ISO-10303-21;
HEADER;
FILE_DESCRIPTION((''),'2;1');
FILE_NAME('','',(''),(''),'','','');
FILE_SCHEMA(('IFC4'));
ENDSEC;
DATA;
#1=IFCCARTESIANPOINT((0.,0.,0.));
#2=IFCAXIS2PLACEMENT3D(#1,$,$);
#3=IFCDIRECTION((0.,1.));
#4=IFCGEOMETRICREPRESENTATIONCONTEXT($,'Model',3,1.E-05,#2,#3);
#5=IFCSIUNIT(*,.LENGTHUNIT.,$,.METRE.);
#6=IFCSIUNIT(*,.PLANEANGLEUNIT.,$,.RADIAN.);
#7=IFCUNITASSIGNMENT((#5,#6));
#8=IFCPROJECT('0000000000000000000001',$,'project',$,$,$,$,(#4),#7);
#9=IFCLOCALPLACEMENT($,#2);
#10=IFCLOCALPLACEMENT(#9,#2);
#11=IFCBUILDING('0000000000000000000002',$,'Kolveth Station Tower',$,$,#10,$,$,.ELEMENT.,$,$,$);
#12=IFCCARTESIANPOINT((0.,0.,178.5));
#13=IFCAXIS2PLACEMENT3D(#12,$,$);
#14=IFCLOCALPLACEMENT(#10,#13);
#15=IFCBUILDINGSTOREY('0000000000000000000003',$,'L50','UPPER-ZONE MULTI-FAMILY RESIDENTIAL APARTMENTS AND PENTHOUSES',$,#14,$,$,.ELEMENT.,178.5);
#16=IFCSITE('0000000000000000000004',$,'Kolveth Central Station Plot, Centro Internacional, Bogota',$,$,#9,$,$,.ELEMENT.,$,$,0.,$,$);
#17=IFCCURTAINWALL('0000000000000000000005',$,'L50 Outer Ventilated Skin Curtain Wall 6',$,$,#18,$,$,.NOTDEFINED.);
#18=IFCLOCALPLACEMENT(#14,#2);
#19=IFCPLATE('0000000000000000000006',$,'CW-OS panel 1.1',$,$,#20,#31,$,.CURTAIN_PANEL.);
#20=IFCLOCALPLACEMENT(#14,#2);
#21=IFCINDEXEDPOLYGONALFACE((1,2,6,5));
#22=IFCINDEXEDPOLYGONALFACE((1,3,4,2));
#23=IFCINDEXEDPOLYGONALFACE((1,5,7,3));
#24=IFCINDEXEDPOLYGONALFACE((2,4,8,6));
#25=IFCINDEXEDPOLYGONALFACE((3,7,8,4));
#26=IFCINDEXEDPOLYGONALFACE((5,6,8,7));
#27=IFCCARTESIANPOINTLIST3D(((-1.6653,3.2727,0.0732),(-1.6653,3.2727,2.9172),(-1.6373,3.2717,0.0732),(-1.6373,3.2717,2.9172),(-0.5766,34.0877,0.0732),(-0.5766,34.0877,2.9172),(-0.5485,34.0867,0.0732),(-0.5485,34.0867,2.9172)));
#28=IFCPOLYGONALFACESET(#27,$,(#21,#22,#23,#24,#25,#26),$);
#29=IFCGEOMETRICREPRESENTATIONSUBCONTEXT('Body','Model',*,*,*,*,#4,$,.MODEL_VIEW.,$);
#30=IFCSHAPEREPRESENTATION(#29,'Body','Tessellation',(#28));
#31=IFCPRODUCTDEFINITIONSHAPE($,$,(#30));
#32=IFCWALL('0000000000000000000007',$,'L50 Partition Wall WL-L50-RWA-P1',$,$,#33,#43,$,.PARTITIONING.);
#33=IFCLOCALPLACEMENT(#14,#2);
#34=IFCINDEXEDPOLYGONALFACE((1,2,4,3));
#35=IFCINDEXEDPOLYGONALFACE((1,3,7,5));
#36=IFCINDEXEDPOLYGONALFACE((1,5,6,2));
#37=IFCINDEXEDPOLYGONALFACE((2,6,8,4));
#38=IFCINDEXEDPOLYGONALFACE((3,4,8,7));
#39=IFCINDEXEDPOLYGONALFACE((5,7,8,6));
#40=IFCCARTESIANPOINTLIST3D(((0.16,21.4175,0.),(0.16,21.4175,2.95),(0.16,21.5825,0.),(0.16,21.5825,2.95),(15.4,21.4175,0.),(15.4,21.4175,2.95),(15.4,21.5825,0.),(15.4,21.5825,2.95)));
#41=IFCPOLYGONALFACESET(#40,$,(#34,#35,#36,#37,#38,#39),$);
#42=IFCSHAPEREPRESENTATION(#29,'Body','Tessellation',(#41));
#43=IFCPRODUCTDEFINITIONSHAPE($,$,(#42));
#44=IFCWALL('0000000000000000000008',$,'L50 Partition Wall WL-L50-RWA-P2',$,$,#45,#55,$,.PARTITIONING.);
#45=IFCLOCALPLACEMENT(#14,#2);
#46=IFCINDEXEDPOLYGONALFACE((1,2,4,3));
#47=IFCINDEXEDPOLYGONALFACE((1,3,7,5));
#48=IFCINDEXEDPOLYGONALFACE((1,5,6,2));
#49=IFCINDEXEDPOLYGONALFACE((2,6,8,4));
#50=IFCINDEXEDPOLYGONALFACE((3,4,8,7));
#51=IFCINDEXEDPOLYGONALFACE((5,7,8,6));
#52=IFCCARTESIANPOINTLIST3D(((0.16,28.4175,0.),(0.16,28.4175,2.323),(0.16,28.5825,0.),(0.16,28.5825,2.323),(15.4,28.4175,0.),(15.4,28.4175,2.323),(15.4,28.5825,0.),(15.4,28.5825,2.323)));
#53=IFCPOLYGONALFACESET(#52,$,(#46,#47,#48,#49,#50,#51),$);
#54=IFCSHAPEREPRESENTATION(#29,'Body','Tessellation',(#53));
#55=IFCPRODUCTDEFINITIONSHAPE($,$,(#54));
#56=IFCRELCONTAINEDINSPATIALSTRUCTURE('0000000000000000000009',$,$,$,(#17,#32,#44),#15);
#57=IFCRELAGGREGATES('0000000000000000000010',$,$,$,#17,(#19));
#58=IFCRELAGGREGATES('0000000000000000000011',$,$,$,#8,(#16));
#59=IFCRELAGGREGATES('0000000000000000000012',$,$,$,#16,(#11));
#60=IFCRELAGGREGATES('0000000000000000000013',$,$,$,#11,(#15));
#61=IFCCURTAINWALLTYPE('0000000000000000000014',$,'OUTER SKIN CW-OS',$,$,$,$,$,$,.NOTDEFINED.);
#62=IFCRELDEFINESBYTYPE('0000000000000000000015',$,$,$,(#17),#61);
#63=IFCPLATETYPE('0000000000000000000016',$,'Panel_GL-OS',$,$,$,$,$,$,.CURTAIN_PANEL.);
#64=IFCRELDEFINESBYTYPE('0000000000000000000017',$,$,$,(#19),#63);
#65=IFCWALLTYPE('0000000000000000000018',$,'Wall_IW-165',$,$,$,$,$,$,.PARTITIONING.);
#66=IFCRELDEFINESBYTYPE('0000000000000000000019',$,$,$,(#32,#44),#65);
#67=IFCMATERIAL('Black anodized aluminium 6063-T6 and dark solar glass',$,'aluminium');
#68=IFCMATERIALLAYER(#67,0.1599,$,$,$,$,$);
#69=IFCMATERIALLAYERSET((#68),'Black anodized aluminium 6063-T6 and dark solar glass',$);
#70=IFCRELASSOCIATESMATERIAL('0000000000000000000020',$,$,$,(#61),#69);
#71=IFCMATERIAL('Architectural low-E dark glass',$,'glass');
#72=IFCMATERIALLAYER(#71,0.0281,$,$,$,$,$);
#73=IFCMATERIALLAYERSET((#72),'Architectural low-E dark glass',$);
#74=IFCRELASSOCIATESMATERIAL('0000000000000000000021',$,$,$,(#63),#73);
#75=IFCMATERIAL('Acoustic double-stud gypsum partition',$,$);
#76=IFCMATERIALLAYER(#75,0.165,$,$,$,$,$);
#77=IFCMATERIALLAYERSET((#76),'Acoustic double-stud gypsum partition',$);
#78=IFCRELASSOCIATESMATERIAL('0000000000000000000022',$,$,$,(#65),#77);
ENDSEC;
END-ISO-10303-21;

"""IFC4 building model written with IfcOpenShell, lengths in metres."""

from ifc_helpers import new_model, si_unit, direction, frame, frame_2d, origin, origin_2d, place, context, subcontext, project, spatial, rectangle, extrude, source, transform, mapped, material, layer, layer_set, type_object, element, aggregate, save


model = new_model("IFC4")

# Units and contexts
model_context = context("Model", 3, precision=1e-05, world=origin(), true_north=direction((0.0, 1.0)))
body_context = subcontext(model_context, "Body", "Model", "MODEL_VIEW")
ifc_project = project(units=[si_unit("LENGTHUNIT", "METRE"), si_unit("PLANEANGLEUNIT", "RADIAN")], contexts=[model_context])

# Site, building, storey
site_placement = place(None, origin())
site = spatial("IfcSite", under=ifc_project, at=site_placement, Name="Kolveth Central Station Plot, Centro Internacional, Bogota", CompositionType="ELEMENT", RefElevation=0.0)
building_placement = place(site_placement, origin())
building = spatial("IfcBuilding", under=site, at=building_placement, Name="Kolveth Station Tower", CompositionType="ELEMENT")
storey_placement = place(building_placement, frame((0.0, 0.0, 178.5)))
storey = spatial("IfcBuildingStorey", under=building, at=storey_placement, Name="L50", Description="UPPER-ZONE MULTI-FAMILY RESIDENTIAL APARTMENTS AND PENTHOUSES", CompositionType="ELEMENT", Elevation=178.5)

# Curtain wall, plate
ifc_material_1 = material(Name="Architectural low-E dark glass", Category="glass")
ifc_material_2 = material(Name="Black anodized aluminium 6063-T6 and dark solar glass", Category="aluminium")
ifc_layer_1 = layer(ifc_material_2, 0.1599)
ifc_layer_set_1 = layer_set([ifc_layer_1], Name="Black anodized aluminium 6063-T6 and dark solar glass")
curtain_wall_type_1 = type_object("IfcCurtainWallType", Name="OUTER SKIN CW-OS", PredefinedType="NOTDEFINED", material=ifc_layer_set_1)
curtain_wall_1_placement = place(storey_placement, origin())
curtain_wall_1 = element("IfcCurtainWall", 1, at=curtain_wall_1_placement, inside=storey, type_object=curtain_wall_type_1, Name="L50 Outer Ventilated Skin Curtain Wall 6", PredefinedType="NOTDEFINED")
ifc_layer_2 = layer(ifc_material_1, 0.0281)
ifc_layer_set_2 = layer_set([ifc_layer_2], Name="Architectural low-E dark glass")
plate_type_1 = type_object("IfcPlateType", Name="Panel_GL-OS", PredefinedType="CURTAIN_PANEL", material=ifc_layer_set_2)
shared_shape_1 = source(origin(), body_context, "Body", "SweptSolid", [
    extrude(rectangle(XDim=30.8342, YDim=0.0281, at=origin_2d()), origin(), (0.0, 0.0, 1.0), 2.844),
])
plate_1_placement = place(storey_placement, frame((-1.1069, 18.6797, 0.0732), z_axis=(0.0, 0.0, 1.0), x_axis=(-0.035309, -0.999376, 0.0)))
plate_1 = element("IfcPlate", 2, at=plate_1_placement, type_object=plate_type_1, Name="CW-OS panel 1.1", PredefinedType="CURTAIN_PANEL", context=body_context, shape_type="MappedRepresentation", body=[
    mapped(shared_shape_1, transform((0.0, 0.0, 0.0), x_axis=(1.0, 0.0, 0.0), y_axis=(0.0, 1.0, 0.0), z_axis=(0.0, 0.0, 1.0), scale=1.0)),
])
aggregate(curtain_wall_1, [plate_1])

# Walls
ifc_material_3 = material(Name="Acoustic double-stud gypsum partition")
ifc_layer_3 = layer(ifc_material_3, 0.165)
ifc_layer_set_3 = layer_set([ifc_layer_3], Name="Acoustic double-stud gypsum partition")
wall_type = type_object("IfcWallType", Name="Wall_IW-165", PredefinedType="PARTITIONING", material=ifc_layer_set_3)
wall_1_placement = place(storey_placement, frame((0.1599, 21.5, 0.0), z_axis=(0.0, 0.0, 1.0), x_axis=(1.0, 0.0, 0.0)))
element("IfcWall", 3, at=wall_1_placement, inside=storey, type_object=wall_type, Name="L50 Partition Wall WL-L50-RWA-P1", PredefinedType="PARTITIONING", context=body_context, shape_type="SweptSolid", body=[
    extrude(rectangle(XDim=15.24, YDim=0.165, at=frame_2d((7.6201, 0.0))), origin(), (0.0, 0.0, 1.0), 2.95),
])
wall_2_placement = place(storey_placement, frame((0.1599, 28.5, 0.0), z_axis=(0.0, 0.0, 1.0), x_axis=(1.0, 0.0, 0.0)))
element("IfcWall", 4, at=wall_2_placement, inside=storey, type_object=wall_type, Name="L50 Partition Wall WL-L50-RWA-P2", PredefinedType="PARTITIONING", context=body_context, shape_type="SweptSolid", body=[
    extrude(rectangle(XDim=15.24, YDim=0.165, at=frame_2d((7.6201, 0.0))), origin(), (0.0, 0.0, 1.0), 2.323),
])

save(model, "model.ifc")
